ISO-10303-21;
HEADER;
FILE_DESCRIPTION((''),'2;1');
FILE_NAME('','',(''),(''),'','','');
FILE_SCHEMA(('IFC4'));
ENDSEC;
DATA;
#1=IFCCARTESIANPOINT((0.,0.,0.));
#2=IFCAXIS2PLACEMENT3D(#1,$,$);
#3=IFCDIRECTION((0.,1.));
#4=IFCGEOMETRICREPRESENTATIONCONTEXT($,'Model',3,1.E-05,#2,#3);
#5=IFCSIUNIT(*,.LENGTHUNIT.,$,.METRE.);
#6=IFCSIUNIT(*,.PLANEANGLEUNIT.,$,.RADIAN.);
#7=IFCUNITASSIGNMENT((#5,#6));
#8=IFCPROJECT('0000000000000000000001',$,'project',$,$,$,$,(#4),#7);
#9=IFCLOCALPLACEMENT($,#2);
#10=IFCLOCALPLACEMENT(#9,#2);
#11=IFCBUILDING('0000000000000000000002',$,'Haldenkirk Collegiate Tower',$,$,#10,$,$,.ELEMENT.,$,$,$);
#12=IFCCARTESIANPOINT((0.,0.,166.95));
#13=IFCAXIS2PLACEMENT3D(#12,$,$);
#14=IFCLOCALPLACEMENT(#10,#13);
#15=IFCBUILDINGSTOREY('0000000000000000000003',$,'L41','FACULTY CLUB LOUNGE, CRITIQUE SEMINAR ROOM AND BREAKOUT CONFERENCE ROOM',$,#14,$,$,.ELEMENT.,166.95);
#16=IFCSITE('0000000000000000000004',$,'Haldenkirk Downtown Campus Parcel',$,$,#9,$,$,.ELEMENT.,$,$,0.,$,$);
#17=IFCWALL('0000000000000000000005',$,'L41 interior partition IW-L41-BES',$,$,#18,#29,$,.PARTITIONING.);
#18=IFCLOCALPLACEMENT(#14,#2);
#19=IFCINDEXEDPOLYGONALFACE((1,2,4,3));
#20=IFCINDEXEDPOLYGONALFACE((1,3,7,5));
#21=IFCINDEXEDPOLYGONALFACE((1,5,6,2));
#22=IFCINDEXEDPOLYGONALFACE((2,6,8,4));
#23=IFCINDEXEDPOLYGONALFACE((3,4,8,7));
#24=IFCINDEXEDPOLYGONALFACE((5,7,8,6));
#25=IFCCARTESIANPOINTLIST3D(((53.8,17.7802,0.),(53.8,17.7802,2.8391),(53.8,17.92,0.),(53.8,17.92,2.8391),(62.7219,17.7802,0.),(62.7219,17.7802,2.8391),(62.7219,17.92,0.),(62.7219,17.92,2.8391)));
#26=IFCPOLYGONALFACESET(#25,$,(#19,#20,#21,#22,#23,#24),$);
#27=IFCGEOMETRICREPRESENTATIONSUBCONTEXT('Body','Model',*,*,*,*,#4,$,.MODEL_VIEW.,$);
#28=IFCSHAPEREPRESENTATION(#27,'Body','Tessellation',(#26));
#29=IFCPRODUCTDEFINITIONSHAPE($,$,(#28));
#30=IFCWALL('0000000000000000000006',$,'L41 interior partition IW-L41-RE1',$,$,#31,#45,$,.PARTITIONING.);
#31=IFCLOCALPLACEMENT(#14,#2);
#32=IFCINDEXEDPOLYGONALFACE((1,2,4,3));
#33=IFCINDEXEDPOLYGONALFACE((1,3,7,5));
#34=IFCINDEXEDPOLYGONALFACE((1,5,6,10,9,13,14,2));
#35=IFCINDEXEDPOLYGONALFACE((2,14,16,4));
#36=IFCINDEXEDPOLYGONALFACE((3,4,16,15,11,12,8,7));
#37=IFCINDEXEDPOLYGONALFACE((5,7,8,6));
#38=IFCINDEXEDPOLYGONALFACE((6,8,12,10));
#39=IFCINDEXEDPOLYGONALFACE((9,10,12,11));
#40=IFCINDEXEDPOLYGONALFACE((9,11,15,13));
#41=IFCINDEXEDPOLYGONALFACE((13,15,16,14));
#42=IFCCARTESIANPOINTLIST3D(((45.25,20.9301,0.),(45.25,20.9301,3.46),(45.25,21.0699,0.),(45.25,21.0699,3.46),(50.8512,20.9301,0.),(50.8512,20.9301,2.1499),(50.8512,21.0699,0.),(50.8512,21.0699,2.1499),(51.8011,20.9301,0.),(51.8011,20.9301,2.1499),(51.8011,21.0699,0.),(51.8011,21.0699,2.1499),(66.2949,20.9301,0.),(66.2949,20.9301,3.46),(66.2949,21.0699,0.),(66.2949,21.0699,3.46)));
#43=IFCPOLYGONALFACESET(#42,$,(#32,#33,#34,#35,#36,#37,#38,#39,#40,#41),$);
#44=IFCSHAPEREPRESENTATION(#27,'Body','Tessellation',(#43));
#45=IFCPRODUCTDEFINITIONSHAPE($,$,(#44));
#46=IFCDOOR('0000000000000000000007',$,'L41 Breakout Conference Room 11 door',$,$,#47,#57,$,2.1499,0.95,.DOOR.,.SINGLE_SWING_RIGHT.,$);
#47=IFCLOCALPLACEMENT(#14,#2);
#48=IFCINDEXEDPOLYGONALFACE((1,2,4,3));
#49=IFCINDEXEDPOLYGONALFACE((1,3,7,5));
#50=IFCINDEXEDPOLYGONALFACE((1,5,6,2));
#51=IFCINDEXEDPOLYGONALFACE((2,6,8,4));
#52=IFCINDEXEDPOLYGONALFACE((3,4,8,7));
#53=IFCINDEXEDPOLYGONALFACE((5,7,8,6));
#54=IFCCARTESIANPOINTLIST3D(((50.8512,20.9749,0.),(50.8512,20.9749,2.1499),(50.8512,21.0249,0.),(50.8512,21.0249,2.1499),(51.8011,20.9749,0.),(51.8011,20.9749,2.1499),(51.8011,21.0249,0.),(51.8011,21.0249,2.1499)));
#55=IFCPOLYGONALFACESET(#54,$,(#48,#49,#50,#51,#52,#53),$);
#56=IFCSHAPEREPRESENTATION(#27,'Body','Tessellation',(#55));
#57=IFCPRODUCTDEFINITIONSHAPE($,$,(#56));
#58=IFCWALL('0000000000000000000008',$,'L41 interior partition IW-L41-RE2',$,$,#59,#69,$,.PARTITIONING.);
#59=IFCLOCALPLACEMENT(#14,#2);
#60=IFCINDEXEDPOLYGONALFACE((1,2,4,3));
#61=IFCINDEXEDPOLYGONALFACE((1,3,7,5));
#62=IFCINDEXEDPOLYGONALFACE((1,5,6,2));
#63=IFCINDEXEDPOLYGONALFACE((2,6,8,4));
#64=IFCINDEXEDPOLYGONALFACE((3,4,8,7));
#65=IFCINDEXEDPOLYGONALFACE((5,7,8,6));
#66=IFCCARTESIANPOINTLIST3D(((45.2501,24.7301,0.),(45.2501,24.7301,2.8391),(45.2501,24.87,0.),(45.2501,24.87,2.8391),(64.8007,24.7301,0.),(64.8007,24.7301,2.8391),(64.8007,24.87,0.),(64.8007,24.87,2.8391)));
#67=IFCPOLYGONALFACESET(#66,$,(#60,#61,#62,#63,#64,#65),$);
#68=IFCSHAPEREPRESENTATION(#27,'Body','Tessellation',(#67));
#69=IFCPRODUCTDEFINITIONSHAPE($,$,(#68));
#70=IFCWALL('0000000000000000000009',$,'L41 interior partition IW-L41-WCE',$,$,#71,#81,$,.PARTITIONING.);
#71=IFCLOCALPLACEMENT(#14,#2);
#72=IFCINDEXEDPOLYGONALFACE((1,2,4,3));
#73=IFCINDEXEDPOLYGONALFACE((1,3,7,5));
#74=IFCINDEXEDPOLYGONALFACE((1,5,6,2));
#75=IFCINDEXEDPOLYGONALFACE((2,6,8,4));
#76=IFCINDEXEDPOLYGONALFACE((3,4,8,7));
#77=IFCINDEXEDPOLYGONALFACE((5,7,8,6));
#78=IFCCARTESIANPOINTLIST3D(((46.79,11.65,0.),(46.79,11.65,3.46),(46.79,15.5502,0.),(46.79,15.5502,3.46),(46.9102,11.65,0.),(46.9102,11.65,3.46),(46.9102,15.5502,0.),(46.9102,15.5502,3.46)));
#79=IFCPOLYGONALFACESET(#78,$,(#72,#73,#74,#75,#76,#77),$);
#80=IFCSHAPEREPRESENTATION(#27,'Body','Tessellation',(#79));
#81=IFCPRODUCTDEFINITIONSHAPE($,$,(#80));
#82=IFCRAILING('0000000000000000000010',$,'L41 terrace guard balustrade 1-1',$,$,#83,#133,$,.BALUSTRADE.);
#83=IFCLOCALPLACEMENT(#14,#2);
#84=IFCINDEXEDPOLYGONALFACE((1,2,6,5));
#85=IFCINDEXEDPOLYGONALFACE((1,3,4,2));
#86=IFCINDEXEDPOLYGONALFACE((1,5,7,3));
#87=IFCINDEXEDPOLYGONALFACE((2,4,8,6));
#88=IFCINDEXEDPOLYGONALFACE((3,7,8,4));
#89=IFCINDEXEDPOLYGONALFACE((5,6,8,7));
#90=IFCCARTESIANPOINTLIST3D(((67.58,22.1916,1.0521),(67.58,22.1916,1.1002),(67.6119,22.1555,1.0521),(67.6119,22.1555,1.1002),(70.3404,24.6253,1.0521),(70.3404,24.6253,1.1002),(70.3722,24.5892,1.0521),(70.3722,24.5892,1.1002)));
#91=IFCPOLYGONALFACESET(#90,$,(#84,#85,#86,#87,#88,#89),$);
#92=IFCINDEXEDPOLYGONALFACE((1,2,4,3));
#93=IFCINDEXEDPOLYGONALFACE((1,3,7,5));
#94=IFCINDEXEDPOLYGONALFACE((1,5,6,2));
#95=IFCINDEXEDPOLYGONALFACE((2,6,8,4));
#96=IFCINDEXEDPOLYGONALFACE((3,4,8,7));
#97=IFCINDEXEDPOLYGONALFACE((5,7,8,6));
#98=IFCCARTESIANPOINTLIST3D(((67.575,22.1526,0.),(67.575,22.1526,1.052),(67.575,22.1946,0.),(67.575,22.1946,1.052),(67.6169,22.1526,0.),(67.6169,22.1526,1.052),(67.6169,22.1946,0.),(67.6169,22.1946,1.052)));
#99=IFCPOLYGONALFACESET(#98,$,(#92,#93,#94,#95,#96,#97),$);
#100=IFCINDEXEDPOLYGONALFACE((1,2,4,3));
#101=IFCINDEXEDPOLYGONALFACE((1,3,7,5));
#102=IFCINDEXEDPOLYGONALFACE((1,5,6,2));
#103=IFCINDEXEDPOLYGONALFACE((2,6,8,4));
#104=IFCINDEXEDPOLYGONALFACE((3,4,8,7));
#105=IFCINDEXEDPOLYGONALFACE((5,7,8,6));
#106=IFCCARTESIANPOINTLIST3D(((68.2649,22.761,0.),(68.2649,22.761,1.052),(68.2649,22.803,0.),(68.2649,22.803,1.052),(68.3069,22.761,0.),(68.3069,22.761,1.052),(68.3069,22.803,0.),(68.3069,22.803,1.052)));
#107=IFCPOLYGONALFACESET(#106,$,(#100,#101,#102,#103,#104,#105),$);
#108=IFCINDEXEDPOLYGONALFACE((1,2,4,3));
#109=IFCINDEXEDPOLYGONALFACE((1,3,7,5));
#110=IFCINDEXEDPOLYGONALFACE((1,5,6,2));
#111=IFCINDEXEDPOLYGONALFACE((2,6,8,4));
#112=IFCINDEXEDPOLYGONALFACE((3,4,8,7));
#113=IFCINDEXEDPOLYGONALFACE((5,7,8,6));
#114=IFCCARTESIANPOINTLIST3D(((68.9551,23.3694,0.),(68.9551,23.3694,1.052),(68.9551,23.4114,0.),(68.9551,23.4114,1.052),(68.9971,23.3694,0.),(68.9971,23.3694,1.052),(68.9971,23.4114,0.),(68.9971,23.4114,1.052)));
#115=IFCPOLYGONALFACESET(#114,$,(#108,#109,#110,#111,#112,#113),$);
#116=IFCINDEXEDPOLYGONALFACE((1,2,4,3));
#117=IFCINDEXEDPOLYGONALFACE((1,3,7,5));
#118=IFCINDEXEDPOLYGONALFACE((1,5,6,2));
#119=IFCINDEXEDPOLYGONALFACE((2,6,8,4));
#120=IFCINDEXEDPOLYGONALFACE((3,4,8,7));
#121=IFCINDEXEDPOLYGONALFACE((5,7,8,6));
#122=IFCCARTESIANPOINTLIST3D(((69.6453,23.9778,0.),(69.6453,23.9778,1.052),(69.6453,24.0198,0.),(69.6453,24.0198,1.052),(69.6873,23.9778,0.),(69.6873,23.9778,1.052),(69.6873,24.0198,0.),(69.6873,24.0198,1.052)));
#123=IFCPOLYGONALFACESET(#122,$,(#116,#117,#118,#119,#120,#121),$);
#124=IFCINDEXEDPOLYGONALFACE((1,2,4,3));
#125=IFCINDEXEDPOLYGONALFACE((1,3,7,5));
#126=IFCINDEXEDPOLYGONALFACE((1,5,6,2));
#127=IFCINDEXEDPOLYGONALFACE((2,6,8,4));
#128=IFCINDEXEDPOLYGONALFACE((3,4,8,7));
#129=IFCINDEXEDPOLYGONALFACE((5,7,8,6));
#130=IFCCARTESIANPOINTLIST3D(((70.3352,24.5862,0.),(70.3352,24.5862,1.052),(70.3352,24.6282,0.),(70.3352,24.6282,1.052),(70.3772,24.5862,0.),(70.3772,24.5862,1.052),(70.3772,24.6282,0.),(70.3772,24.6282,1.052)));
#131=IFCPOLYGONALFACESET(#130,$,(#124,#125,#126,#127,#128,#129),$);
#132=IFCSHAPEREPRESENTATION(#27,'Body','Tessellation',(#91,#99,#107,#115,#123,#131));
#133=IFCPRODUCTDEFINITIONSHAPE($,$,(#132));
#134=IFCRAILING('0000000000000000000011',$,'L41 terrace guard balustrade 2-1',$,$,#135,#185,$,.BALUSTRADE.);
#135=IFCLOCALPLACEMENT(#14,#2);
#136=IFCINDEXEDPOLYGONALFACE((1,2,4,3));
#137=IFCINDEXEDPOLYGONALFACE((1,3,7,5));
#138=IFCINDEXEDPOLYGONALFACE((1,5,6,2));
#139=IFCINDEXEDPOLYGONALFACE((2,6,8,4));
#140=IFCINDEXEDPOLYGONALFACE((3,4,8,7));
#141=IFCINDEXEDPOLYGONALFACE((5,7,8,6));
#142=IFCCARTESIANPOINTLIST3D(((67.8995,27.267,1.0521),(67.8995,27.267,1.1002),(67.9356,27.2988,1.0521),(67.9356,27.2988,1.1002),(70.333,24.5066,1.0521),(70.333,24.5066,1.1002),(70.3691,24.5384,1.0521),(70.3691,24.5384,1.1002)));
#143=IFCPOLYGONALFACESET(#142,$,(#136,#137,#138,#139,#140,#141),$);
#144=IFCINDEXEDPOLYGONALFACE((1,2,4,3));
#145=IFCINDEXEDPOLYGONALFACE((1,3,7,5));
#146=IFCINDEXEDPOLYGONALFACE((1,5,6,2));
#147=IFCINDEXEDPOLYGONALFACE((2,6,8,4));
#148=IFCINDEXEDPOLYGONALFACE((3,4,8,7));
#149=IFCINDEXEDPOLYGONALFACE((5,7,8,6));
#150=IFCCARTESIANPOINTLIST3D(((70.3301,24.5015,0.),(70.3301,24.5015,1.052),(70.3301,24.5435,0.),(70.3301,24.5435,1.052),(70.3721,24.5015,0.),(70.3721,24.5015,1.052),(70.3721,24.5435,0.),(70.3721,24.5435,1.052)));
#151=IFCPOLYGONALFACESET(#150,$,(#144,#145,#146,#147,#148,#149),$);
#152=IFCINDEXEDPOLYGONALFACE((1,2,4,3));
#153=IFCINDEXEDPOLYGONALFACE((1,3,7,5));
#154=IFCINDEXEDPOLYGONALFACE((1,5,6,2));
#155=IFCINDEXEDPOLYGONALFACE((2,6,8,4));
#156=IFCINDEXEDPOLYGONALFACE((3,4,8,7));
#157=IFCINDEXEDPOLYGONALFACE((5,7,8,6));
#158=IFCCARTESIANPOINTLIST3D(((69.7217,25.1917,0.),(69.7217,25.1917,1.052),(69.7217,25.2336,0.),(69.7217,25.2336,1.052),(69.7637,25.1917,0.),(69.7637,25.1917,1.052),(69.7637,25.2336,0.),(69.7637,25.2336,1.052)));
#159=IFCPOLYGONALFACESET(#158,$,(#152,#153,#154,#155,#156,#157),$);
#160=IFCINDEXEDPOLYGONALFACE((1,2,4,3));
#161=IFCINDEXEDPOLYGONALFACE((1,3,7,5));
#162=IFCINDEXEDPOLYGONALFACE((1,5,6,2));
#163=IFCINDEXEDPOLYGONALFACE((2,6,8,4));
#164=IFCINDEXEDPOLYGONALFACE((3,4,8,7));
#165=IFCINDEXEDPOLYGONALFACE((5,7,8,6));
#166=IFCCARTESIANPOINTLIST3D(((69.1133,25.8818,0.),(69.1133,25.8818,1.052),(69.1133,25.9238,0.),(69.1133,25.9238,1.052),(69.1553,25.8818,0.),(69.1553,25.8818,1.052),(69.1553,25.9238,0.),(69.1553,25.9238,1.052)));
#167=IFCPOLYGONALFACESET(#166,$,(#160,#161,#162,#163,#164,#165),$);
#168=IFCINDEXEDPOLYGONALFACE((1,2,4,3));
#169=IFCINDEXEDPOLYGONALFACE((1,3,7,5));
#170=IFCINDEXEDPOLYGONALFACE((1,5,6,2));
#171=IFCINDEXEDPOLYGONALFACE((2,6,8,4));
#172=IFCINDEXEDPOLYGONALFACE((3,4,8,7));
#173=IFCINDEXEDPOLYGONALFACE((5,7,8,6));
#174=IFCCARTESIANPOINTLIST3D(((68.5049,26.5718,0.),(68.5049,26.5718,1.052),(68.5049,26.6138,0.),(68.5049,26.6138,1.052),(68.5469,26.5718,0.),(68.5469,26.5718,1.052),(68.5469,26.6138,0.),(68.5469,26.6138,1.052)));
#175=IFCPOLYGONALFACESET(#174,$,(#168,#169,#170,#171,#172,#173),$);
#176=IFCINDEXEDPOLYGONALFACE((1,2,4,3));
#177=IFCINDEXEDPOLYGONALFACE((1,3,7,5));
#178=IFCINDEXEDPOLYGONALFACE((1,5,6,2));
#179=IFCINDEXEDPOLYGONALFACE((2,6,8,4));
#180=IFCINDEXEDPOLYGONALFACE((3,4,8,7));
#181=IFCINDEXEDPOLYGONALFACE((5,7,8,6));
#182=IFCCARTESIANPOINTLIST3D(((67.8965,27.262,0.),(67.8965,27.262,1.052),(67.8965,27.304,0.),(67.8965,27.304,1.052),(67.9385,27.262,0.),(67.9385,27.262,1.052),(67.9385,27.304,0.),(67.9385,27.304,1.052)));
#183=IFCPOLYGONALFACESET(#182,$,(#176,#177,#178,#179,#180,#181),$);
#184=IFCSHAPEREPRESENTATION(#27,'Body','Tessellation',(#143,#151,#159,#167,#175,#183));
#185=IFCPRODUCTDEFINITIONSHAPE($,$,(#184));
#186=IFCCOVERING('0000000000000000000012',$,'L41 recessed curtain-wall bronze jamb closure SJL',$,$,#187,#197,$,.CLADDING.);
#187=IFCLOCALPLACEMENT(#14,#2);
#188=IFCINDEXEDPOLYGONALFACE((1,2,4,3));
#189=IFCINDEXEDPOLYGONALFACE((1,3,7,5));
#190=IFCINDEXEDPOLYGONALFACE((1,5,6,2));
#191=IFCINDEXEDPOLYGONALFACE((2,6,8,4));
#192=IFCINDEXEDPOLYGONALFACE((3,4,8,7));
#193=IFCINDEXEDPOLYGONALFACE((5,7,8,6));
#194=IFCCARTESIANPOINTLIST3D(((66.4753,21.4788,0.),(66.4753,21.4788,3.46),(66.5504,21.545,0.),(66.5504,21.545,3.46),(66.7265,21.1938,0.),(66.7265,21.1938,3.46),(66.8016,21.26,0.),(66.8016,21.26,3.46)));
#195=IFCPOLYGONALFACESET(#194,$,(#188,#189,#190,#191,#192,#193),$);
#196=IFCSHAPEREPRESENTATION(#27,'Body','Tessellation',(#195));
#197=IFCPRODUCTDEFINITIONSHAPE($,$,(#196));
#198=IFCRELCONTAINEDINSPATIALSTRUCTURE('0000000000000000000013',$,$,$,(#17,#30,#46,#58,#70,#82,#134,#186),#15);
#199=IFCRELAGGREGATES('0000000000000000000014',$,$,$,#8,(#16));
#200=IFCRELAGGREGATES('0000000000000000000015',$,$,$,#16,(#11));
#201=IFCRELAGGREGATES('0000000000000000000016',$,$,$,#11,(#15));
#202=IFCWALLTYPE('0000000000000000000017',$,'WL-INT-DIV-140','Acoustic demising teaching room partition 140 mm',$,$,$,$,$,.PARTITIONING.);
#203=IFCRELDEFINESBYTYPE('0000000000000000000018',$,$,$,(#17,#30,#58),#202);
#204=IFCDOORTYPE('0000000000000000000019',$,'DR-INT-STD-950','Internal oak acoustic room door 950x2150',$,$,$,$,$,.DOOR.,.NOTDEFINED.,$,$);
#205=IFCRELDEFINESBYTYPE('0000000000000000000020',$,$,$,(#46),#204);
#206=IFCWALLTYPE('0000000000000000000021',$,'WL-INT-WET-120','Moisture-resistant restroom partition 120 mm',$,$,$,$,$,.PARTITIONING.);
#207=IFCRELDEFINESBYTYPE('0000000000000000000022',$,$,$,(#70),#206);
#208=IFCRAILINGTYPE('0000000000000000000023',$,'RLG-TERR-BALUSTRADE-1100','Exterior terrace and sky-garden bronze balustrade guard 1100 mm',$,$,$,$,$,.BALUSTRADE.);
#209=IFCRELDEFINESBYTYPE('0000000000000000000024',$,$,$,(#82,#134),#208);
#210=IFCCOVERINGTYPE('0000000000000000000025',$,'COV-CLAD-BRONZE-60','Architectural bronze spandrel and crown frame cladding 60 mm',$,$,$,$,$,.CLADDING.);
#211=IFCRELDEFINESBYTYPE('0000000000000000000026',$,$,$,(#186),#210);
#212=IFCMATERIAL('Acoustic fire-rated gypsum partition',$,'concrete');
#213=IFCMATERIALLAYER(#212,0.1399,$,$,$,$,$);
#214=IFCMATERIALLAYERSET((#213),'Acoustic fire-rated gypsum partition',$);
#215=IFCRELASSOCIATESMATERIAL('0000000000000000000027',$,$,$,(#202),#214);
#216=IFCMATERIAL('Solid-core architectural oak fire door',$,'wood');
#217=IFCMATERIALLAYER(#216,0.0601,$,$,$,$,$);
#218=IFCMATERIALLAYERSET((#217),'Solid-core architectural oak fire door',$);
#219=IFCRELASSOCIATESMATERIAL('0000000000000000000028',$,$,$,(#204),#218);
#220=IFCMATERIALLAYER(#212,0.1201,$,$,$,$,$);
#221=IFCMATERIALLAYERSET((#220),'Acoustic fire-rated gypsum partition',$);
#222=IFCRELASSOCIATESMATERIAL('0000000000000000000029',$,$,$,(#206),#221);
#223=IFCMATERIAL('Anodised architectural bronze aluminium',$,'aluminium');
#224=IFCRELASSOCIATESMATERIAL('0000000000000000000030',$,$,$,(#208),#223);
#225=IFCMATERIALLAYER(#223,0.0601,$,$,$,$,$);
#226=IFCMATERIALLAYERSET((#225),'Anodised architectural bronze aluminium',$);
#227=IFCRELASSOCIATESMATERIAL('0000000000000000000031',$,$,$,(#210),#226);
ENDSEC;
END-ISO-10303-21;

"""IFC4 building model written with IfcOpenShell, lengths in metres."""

from ifc_helpers import new_model, si_unit, direction, frame, frame_2d, origin, origin_2d, place, context, subcontext, project, spatial, rectangle, extrude, source, transform, mapped, material, layer, layer_set, type_object, element, fill, save


model = new_model("IFC4")

# Units and contexts
model_context = context("Model", 3, precision=1e-05, world=origin(), true_north=direction((0.0, 1.0)))
body_context = subcontext(model_context, "Body", "Model", "MODEL_VIEW")
ifc_project = project(units=[si_unit("LENGTHUNIT", "METRE"), si_unit("PLANEANGLEUNIT", "RADIAN")], contexts=[model_context])

# Site, building, storey
site_placement = place(None, origin())
site = spatial("IfcSite", under=ifc_project, at=site_placement, Name="Haldenkirk Downtown Campus Parcel", CompositionType="ELEMENT", RefElevation=0.0)
building_placement = place(site_placement, origin())
building = spatial("IfcBuilding", under=site, at=building_placement, Name="Haldenkirk Collegiate Tower", CompositionType="ELEMENT")
storey_placement = place(building_placement, frame((0.0, 0.0, 166.95)))
storey = spatial("IfcBuildingStorey", under=building, at=storey_placement, Name="L41", Description="FACULTY CLUB LOUNGE, CRITIQUE SEMINAR ROOM AND BREAKOUT CONFERENCE ROOM", CompositionType="ELEMENT", Elevation=166.95)

# Shared definitions
ifc_material_1 = material(Name="Anodised architectural bronze aluminium", Category="aluminium")

# Wall
ifc_material_2 = material(Name="Acoustic fire-rated gypsum partition", Category="concrete")
ifc_layer_1 = layer(ifc_material_2, 0.1399)
ifc_layer_set_1 = layer_set([ifc_layer_1], Name="Acoustic fire-rated gypsum partition")
wall_type_1 = type_object("IfcWallType", Name="WL-INT-DIV-140", Description="Acoustic demising teaching room partition 140 mm", PredefinedType="PARTITIONING", material=ifc_layer_set_1)
wall_1_placement = place(storey_placement, frame((53.8, 17.8501, 0.0), z_axis=(0.0, 0.0, 1.0), x_axis=(1.0, 0.0, 0.0)))
element("IfcWall", 1, at=wall_1_placement, inside=storey, type_object=wall_type_1, Name="L41 interior partition IW-L41-BES", PredefinedType="PARTITIONING", context=body_context, shape_type="SweptSolid", body=[
    extrude(rectangle(XDim=8.9219, YDim=0.1399, at=frame_2d((4.4609, 0.0))), origin(), (0.0, 0.0, 1.0), 2.8391),
])

# Wall, opening, door
wall_2_placement = place(storey_placement, frame((45.25, 21.0, 0.0), z_axis=(0.0, 0.0, 1.0), x_axis=(1.0, 0.0, 0.0)))
wall_2 = element("IfcWall", 2, at=wall_2_placement, inside=storey, type_object=wall_type_1, Name="L41 interior partition IW-L41-RE1", PredefinedType="PARTITIONING", context=body_context, shape_type="SweptSolid", body=[
    extrude(rectangle(XDim=21.0449, YDim=0.1399, at=frame_2d((10.5225, 0.0))), origin(), (0.0, 0.0, 1.0), 3.46),
])
opening_1_placement = place(wall_2_placement, frame((5.6011, 0.0, 0.0)))
opening_1 = element("IfcOpeningElement", 3, at=opening_1_placement, cuts=wall_2, PredefinedType="OPENING", context=body_context, shape_type="SweptSolid", body=[
    extrude(rectangle(XDim=0.95, YDim=2.1499, at=frame_2d((0.4751, 1.075))), frame((0.0, 0.0798, 0.0), z_axis=(0.0, -1.0, 0.0), x_axis=(1.0, 0.0, 0.0)), (0.0, 0.0, 1.0), 0.1599),
])
ifc_material_3 = material(Name="Solid-core architectural oak fire door", Category="wood")
ifc_layer_2 = layer(ifc_material_3, 0.0601)
ifc_layer_set_2 = layer_set([ifc_layer_2], Name="Solid-core architectural oak fire door")
door_type_1 = type_object("IfcDoorType", Name="DR-INT-STD-950", Description="Internal oak acoustic room door 950x2150", OperationType="NOTDEFINED", PredefinedType="DOOR", material=ifc_layer_set_2)
door_1_placement = place(opening_1_placement, origin())
door_1 = element("IfcDoor", 4, at=door_1_placement, inside=storey, type_object=door_type_1, Name="L41 Breakout Conference Room 11 door", OperationType="SINGLE_SWING_RIGHT", OverallHeight=2.1499, OverallWidth=0.95, PredefinedType="DOOR", context=body_context, shape_type="SweptSolid", body=[
    extrude(rectangle(XDim=0.95, YDim=2.1499, at=frame_2d((0.4751, 1.075))), frame((0.0, 0.0249, 0.0), z_axis=(0.0, -1.0, 0.0), x_axis=(1.0, 0.0, 0.0)), (0.0, 0.0, 1.0), 0.05),
])
fill(opening_1, door_1)

# Walls
wall_3_placement = place(storey_placement, frame((45.25, 24.8, 0.0), z_axis=(0.0, 0.0, 1.0), x_axis=(1.0, 0.0, 0.0)))
element("IfcWall", 5, at=wall_3_placement, inside=storey, type_object=wall_type_1, Name="L41 interior partition IW-L41-RE2", PredefinedType="PARTITIONING", context=body_context, shape_type="SweptSolid", body=[
    extrude(rectangle(XDim=19.5505, YDim=0.1399, at=frame_2d((9.7754, 0.0))), origin(), (0.0, 0.0, 1.0), 2.8391),
])
ifc_layer_3 = layer(ifc_material_2, 0.1201)
ifc_layer_set_3 = layer_set([ifc_layer_3], Name="Acoustic fire-rated gypsum partition")
wall_type_2 = type_object("IfcWallType", Name="WL-INT-WET-120", Description="Moisture-resistant restroom partition 120 mm", PredefinedType="PARTITIONING", material=ifc_layer_set_3)
wall_4_placement = place(storey_placement, frame((46.8501, 11.6499, 0.0), z_axis=(0.0, 0.0, 1.0), x_axis=(0.0, 1.0, 0.0)))
element("IfcWall", 6, at=wall_4_placement, inside=storey, type_object=wall_type_2, Name="L41 interior partition IW-L41-WCE", PredefinedType="PARTITIONING", context=body_context, shape_type="SweptSolid", body=[
    extrude(rectangle(XDim=3.9001, YDim=0.1201, at=frame_2d((1.9502, 0.0))), origin(), (0.0, 0.0, 1.0), 3.46),
])

# Railings
railing_type = type_object("IfcRailingType", Name="RLG-TERR-BALUSTRADE-1100", Description="Exterior terrace and sky-garden bronze balustrade guard 1100 mm", PredefinedType="BALUSTRADE", material=ifc_material_1)
railing_1_placement = place(storey_placement, frame((67.5959, 22.1736, 0.0)))
element("IfcRailing", 7, at=railing_1_placement, inside=storey, type_object=railing_type, Name="L41 terrace guard balustrade 1-1", PredefinedType="BALUSTRADE", context=body_context, shape_type="SweptSolid", body=[
    extrude(rectangle(XDim=0.0481, YDim=0.0481, at=origin_2d()), frame((0.0, 0.0, 1.0762), z_axis=(0.750097, 0.661328, 0.0), x_axis=(-0.661328, 0.750097, 0.0)), (0.0, 0.0, 1.0), 3.6799),
    extrude(rectangle(XDim=0.042, YDim=0.042, at=origin_2d()), origin(), (0.0, 0.0, 1.0), 1.052),
    extrude(rectangle(XDim=0.042, YDim=0.042, at=origin_2d()), frame((0.6899, 0.6084, 0.0)), (0.0, 0.0, 1.0), 1.052),
    extrude(rectangle(XDim=0.042, YDim=0.042, at=origin_2d()), frame((1.3801, 1.2168, 0.0)), (0.0, 0.0, 1.0), 1.052),
    extrude(rectangle(XDim=0.042, YDim=0.042, at=origin_2d()), frame((2.0703, 1.8252, 0.0)), (0.0, 0.0, 1.0), 1.052),
    extrude(rectangle(XDim=0.042, YDim=0.042, at=origin_2d()), frame((2.7603, 2.4336, 0.0)), (0.0, 0.0, 1.0), 1.052),
])
railing_2_placement = place(storey_placement, frame((70.3511, 24.5225, 0.0)))
element("IfcRailing", 8, at=railing_2_placement, inside=storey, type_object=railing_type, Name="L41 terrace guard balustrade 2-1", PredefinedType="BALUSTRADE", context=body_context, shape_type="SweptSolid", body=[
    extrude(rectangle(XDim=0.0481, YDim=0.0481, at=origin_2d()), frame((0.0, 0.0, 1.0762), z_axis=(-0.661295, 0.750126, 0.0), x_axis=(-0.750126, -0.661295, 0.0)), (0.0, 0.0, 1.0), 3.6799),
    extrude(rectangle(XDim=0.042, YDim=0.042, at=origin_2d()), origin(), (0.0, 0.0, 1.0), 1.052),
    extrude(rectangle(XDim=0.042, YDim=0.042, at=origin_2d()), frame((-0.6084, 0.6902, 0.0)), (0.0, 0.0, 1.0), 1.052),
    extrude(rectangle(XDim=0.042, YDim=0.042, at=origin_2d()), frame((-1.2168, 1.3804, 0.0)), (0.0, 0.0, 1.0), 1.052),
    extrude(rectangle(XDim=0.042, YDim=0.042, at=origin_2d()), frame((-1.8252, 2.0703, 0.0)), (0.0, 0.0, 1.0), 1.052),
    extrude(rectangle(XDim=0.042, YDim=0.042, at=origin_2d()), frame((-2.4336, 2.7605, 0.0)), (0.0, 0.0, 1.0), 1.052),
])

# Covering
ifc_layer_4 = layer(ifc_material_1, 0.0601)
ifc_layer_set_4 = layer_set([ifc_layer_4], Name="Anodised architectural bronze aluminium")
covering_type = type_object("IfcCoveringType", Name="COV-CLAD-BRONZE-60", Description="Architectural bronze spandrel and crown frame cladding 60 mm", PredefinedType="CLADDING", material=ifc_layer_set_4)
shared_shape_1 = source(origin(), body_context, "Body", "SweptSolid", [
    extrude(rectangle(XDim=0.1001, YDim=0.3799, at=origin_2d()), origin(), (0.0, 0.0, 1.0), 3.46),
])
covering_placement = place(storey_placement, frame((66.6384, 21.3694, 0.0), z_axis=(0.0, 0.0, 1.0), x_axis=(-0.750111, -0.661312, 0.0)))
element("IfcCovering", 9, at=covering_placement, inside=storey, type_object=covering_type, Name="L41 recessed curtain-wall bronze jamb closure SJL", PredefinedType="CLADDING", context=body_context, shape_type="MappedRepresentation", body=[
    mapped(shared_shape_1, transform((0.0, 0.0, 0.0), x_axis=(1.0, 0.0, 0.0), y_axis=(0.0, 1.0, 0.0), z_axis=(0.0, 0.0, 1.0), scale=1.0)),
])

save(model, "model.ifc")
